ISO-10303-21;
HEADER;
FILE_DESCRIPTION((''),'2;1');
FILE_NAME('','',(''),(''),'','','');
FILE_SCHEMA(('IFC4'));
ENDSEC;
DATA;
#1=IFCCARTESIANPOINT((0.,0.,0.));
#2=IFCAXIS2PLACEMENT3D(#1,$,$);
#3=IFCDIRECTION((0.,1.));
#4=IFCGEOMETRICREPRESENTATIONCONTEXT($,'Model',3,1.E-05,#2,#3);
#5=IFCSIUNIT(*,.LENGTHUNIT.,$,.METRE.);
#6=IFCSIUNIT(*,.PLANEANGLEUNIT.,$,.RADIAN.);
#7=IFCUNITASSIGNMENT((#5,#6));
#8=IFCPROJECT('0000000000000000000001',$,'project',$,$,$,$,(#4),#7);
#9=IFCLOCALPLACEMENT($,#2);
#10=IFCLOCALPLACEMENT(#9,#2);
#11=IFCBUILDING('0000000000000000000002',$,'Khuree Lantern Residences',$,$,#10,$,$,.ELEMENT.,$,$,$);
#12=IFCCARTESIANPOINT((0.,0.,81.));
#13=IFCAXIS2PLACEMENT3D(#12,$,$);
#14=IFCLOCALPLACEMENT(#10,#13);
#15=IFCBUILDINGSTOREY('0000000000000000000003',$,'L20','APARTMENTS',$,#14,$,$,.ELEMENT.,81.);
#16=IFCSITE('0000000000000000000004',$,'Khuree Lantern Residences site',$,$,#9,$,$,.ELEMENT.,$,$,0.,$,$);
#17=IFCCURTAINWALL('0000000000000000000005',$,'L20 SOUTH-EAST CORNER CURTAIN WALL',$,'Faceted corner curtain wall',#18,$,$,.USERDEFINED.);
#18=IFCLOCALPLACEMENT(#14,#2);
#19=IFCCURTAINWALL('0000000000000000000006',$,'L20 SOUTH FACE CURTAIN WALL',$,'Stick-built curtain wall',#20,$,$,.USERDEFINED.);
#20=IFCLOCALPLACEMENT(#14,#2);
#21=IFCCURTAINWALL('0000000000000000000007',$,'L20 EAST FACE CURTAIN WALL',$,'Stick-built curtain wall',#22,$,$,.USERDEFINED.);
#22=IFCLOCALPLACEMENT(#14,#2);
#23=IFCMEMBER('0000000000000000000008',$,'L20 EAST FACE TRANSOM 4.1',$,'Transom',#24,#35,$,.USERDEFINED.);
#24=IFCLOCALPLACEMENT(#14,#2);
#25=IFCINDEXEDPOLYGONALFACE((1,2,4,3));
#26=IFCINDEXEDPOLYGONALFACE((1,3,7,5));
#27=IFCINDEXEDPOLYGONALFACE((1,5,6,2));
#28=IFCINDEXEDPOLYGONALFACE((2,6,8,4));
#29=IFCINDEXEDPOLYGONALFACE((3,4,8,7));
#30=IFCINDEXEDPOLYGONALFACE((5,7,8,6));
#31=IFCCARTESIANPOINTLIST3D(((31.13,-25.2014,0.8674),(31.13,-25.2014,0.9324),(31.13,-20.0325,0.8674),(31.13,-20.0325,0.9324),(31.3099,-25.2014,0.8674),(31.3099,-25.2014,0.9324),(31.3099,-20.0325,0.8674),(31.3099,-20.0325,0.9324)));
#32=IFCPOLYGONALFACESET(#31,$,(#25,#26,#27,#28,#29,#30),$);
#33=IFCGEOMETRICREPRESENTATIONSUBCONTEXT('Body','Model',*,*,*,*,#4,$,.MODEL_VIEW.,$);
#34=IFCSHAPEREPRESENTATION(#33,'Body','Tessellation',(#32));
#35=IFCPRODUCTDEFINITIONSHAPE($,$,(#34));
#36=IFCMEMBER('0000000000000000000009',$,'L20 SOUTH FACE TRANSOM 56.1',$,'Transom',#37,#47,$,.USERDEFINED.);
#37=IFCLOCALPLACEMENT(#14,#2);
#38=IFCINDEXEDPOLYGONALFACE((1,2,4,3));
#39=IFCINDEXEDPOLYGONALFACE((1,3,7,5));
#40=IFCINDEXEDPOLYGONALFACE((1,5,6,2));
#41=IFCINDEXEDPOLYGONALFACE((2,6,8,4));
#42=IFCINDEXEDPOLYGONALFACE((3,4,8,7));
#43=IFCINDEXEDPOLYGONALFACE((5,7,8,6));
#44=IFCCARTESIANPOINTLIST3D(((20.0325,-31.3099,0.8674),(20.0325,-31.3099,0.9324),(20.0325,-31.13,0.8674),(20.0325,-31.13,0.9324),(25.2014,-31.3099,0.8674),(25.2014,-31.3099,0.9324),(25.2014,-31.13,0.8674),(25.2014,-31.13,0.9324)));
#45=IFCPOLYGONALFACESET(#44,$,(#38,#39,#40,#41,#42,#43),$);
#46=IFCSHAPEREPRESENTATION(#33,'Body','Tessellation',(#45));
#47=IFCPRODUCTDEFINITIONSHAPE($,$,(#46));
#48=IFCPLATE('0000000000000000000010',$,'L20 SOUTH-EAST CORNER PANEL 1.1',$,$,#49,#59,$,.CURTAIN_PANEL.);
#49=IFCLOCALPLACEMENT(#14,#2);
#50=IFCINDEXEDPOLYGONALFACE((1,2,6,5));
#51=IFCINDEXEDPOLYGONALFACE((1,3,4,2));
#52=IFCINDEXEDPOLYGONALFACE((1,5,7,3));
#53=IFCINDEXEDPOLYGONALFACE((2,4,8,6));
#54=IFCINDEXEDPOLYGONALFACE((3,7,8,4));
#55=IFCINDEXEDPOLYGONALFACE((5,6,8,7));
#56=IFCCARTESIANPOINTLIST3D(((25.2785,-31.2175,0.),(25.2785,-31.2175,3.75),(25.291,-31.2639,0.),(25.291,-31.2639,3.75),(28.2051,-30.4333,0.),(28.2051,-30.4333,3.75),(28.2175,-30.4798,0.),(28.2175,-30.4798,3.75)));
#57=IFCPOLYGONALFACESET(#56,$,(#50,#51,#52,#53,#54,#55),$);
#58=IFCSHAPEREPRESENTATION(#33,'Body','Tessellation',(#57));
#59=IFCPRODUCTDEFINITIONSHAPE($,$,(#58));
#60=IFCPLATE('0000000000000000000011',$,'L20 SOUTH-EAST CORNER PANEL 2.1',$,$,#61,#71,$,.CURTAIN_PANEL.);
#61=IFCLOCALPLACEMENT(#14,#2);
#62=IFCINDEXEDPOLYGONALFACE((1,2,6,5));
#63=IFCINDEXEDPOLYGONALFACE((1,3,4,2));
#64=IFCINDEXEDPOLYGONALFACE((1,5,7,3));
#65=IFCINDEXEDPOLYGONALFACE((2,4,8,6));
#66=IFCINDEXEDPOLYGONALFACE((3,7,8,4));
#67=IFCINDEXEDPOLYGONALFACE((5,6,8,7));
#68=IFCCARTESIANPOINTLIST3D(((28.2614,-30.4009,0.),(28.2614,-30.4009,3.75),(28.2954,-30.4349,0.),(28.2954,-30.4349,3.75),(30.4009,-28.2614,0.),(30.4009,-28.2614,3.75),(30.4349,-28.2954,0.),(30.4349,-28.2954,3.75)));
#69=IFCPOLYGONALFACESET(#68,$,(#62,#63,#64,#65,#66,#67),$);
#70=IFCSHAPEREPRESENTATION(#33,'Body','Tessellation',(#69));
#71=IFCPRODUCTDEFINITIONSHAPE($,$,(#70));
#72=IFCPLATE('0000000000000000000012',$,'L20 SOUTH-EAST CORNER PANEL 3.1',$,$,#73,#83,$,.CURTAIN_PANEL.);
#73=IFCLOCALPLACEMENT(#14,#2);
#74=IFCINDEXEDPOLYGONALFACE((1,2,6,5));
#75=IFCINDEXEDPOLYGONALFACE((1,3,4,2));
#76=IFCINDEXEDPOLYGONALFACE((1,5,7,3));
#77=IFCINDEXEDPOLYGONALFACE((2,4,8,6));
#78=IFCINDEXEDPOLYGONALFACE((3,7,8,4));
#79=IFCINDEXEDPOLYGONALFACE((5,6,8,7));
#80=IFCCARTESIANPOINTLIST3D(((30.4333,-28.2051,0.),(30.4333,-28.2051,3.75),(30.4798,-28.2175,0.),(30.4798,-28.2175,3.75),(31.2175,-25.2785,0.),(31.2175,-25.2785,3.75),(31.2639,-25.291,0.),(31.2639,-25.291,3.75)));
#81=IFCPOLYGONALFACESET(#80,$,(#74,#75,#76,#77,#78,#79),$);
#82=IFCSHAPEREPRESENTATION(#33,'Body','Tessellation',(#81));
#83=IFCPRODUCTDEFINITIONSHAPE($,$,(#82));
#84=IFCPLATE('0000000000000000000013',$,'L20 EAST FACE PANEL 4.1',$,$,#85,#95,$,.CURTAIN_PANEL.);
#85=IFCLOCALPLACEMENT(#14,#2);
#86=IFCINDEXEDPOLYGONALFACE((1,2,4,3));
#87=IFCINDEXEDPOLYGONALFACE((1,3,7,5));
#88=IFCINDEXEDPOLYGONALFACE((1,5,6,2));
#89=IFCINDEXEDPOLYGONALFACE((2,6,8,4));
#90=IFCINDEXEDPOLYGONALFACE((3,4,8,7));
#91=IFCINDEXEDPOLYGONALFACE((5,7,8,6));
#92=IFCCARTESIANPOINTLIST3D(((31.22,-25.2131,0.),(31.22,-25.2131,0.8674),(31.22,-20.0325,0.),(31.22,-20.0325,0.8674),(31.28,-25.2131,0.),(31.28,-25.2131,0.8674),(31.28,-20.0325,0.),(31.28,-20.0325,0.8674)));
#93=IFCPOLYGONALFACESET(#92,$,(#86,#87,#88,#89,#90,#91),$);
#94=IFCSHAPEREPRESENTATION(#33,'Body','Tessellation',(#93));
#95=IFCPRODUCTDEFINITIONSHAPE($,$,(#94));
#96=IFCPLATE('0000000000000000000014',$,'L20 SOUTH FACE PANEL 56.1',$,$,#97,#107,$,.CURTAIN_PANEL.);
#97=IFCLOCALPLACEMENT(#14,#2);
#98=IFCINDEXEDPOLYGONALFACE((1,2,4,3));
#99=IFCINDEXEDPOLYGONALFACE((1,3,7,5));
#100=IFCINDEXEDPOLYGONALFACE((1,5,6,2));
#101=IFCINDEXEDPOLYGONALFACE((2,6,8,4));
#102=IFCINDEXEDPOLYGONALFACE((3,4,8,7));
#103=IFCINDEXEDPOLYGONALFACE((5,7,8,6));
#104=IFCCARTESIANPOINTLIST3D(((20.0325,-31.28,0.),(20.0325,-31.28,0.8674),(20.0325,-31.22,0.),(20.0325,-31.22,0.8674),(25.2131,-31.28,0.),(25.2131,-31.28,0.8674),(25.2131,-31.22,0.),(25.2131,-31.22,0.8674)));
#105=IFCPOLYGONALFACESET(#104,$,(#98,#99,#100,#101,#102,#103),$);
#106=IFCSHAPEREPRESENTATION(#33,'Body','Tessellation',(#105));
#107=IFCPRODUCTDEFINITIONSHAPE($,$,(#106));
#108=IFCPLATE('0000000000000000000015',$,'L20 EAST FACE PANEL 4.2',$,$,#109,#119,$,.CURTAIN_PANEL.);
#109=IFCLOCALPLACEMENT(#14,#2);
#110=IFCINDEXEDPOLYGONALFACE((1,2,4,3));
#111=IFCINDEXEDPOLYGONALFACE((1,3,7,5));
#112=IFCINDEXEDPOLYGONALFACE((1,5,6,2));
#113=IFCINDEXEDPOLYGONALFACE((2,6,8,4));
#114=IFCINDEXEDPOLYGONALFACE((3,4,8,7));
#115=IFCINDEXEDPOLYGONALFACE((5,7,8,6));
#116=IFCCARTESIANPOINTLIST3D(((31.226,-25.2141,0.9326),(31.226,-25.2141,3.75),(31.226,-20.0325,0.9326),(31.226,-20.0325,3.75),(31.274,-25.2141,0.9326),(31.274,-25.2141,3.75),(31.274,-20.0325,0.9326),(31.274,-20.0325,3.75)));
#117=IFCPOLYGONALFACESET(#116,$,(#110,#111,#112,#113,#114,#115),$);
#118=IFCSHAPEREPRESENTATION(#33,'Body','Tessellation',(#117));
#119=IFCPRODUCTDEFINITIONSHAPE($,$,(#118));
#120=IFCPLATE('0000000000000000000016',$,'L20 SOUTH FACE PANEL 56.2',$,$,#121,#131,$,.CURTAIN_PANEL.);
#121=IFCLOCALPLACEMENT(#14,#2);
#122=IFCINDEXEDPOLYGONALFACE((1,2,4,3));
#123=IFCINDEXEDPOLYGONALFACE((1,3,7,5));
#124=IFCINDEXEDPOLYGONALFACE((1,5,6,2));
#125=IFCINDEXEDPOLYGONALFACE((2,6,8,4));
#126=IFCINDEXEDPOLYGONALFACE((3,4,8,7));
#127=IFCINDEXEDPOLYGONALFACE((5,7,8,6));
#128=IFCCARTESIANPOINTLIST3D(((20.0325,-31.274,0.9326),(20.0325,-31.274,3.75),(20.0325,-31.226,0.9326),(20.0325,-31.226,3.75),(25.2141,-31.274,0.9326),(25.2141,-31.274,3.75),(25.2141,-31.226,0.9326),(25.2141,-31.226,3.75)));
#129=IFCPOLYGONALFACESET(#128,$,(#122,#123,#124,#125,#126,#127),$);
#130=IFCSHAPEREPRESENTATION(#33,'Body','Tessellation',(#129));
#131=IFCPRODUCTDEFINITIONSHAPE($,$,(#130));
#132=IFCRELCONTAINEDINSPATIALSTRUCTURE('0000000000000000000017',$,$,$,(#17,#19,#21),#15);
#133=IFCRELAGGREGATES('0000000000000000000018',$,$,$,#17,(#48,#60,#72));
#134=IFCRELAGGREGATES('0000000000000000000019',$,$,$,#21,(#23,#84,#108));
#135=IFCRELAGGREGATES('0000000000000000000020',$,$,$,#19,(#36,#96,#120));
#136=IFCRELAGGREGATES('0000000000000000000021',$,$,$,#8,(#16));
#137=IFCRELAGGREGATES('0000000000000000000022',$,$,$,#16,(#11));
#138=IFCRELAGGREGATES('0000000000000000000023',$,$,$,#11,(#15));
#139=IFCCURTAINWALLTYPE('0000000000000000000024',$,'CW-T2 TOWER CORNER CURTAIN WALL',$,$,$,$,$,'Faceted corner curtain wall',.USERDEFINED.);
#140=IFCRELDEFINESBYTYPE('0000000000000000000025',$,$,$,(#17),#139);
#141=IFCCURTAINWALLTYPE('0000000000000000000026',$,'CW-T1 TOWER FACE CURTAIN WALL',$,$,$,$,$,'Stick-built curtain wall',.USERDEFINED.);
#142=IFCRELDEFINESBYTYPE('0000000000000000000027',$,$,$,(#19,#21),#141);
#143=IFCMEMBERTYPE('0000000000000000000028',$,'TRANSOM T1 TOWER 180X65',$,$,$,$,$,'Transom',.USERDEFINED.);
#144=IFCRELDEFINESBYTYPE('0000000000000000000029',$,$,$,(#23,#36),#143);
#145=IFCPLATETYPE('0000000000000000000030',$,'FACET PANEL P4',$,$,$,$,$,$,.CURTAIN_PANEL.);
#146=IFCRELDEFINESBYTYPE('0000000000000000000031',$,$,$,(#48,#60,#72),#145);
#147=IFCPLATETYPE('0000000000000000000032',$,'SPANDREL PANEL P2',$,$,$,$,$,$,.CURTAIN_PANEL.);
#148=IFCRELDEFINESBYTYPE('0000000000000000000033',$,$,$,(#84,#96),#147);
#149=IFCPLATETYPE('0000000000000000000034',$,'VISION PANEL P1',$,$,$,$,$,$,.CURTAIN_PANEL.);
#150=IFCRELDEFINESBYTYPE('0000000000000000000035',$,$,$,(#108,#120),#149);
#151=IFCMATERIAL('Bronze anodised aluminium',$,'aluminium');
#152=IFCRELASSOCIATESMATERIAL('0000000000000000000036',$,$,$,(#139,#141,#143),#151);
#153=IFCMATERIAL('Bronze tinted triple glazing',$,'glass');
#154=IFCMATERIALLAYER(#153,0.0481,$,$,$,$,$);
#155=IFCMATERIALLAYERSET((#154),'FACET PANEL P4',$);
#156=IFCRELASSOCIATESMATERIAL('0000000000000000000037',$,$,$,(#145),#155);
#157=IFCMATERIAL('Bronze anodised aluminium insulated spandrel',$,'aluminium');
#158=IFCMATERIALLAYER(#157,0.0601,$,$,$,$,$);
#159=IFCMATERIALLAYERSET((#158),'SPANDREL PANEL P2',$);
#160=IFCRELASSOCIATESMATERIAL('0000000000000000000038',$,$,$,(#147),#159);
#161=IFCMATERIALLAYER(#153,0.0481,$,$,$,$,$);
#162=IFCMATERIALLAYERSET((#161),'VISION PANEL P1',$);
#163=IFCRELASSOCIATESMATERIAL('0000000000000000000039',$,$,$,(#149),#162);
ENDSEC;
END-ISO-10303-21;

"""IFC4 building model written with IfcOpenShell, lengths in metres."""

from ifc_helpers import new_model, si_unit, direction, frame, origin, origin_2d, place, context, subcontext, project, spatial, rectangle, extrude, material, layer, layer_set, material_profile, profile_set, type_object, element, aggregate, save


model = new_model("IFC4")

# Units and contexts
model_context = context("Model", 3, precision=1e-05, world=origin(), true_north=direction((0.0, 1.0)))
body_context = subcontext(model_context, "Body", "Model", "MODEL_VIEW")
ifc_project = project(units=[si_unit("LENGTHUNIT", "METRE"), si_unit("PLANEANGLEUNIT", "RADIAN")], contexts=[model_context])

# Site, building, storey
site_placement = place(None, origin())
site = spatial("IfcSite", under=ifc_project, at=site_placement, Name="Khuree Lantern Residences site", CompositionType="ELEMENT", RefElevation=0.0)
building_placement = place(site_placement, origin())
building = spatial("IfcBuilding", under=site, at=building_placement, Name="Khuree Lantern Residences", CompositionType="ELEMENT")
storey_placement = place(building_placement, frame((0.0, 0.0, 81.0)))
storey = spatial("IfcBuildingStorey", under=building, at=storey_placement, Name="L20", Description="APARTMENTS", CompositionType="ELEMENT", Elevation=81.0)

# Curtain walls
ifc_material_1 = material(Name="Bronze anodised aluminium", Category="aluminium")
curtain_wall_type_1 = type_object("IfcCurtainWallType", Name="CW-T2 TOWER CORNER CURTAIN WALL", ElementType="Faceted corner curtain wall", PredefinedType="USERDEFINED", material=ifc_material_1)
curtain_wall_1_placement = place(storey_placement, origin())
curtain_wall_1 = element("IfcCurtainWall", 1, at=curtain_wall_1_placement, inside=storey, type_object=curtain_wall_type_1, Name="L20 SOUTH-EAST CORNER CURTAIN WALL", ObjectType="Faceted corner curtain wall", PredefinedType="USERDEFINED")
curtain_wall_type_2 = type_object("IfcCurtainWallType", Name="CW-T1 TOWER FACE CURTAIN WALL", ElementType="Stick-built curtain wall", PredefinedType="USERDEFINED", material=ifc_material_1)
curtain_wall_2_placement = place(storey_placement, origin())
curtain_wall_2 = element("IfcCurtainWall", 2, at=curtain_wall_2_placement, inside=storey, type_object=curtain_wall_type_2, Name="L20 SOUTH FACE CURTAIN WALL", ObjectType="Stick-built curtain wall", PredefinedType="USERDEFINED")

# Curtain wall, member
curtain_wall_3_placement = place(storey_placement, origin())
curtain_wall_3 = element("IfcCurtainWall", 3, at=curtain_wall_3_placement, inside=storey, type_object=curtain_wall_type_2, Name="L20 EAST FACE CURTAIN WALL", ObjectType="Stick-built curtain wall", PredefinedType="USERDEFINED")
ifc_material_profile_1 = material_profile(ifc_material_1, rectangle(XDim=0.1799, YDim=0.0649, at=origin_2d()), Name="T1 180X65")
ifc_profile_set_1 = profile_set([ifc_material_profile_1], Name="Bronze anodised aluminium")
member_type_1 = type_object("IfcMemberType", Name="TRANSOM T1 TOWER 180X65", ElementType="Transom", PredefinedType="USERDEFINED", material=ifc_profile_set_1)
member_1_placement = place(storey_placement, frame((31.22, -25.2014, 0.8999), z_axis=(0.0, 1.0, 0.0), x_axis=(-1.0, 0.0, 0.0)))
member_1 = element("IfcMember", 4, at=member_1_placement, type_object=member_type_1, Name="L20 EAST FACE TRANSOM 4.1", ObjectType="Transom", PredefinedType="USERDEFINED", context=body_context, shape_type="SweptSolid", body=[
    extrude(rectangle(XDim=0.1799, YDim=0.0649, at=origin_2d()), origin(), (0.0, 0.0, 1.0), 5.1689),
])

# Member
member_2_placement = place(storey_placement, frame((20.0325, -31.22, 0.8999), z_axis=(1.0, 0.0, 0.0), x_axis=(0.0, 1.0, 0.0)))
member_2 = element("IfcMember", 5, at=member_2_placement, type_object=member_type_1, Name="L20 SOUTH FACE TRANSOM 56.1", ObjectType="Transom", PredefinedType="USERDEFINED", context=body_context, shape_type="SweptSolid", body=[
    extrude(rectangle(XDim=0.1799, YDim=0.0649, at=origin_2d()), origin(), (0.0, 0.0, 1.0), 5.1689),
])

# Plates
ifc_material_2 = material(Name="Bronze tinted triple glazing", Category="glass")
ifc_layer_1 = layer(ifc_material_2, 0.0481)
ifc_layer_set_1 = layer_set([ifc_layer_1], Name="FACET PANEL P4")
plate_type_1 = type_object("IfcPlateType", Name="FACET PANEL P4", PredefinedType="CURTAIN_PANEL", material=ifc_layer_set_1)
plate_1_placement = place(storey_placement, frame((26.748, -30.8486, 0.0), z_axis=(0.0, 0.0, 1.0), x_axis=(0.965926, 0.258819, 0.0)))
plate_1 = element("IfcPlate", 6, at=plate_1_placement, type_object=plate_type_1, Name="L20 SOUTH-EAST CORNER PANEL 1.1", PredefinedType="CURTAIN_PANEL", context=body_context, shape_type="SweptSolid", body=[
    extrude(rectangle(XDim=3.0298, YDim=0.0481, at=origin_2d()), origin(), (0.0, 0.0, 1.0), 3.75),
])
plate_2_placement = place(storey_placement, frame((29.3481, -29.3481, 0.0), z_axis=(0.0, 0.0, 1.0), x_axis=(0.707107, 0.707107, 0.0)))
plate_2 = element("IfcPlate", 7, at=plate_2_placement, type_object=plate_type_1, Name="L20 SOUTH-EAST CORNER PANEL 2.1", PredefinedType="CURTAIN_PANEL", context=body_context, shape_type="SweptSolid", body=[
    extrude(rectangle(XDim=3.0256, YDim=0.0481, at=origin_2d()), origin(), (0.0, 0.0, 1.0), 3.75),
])
plate_3_placement = place(storey_placement, frame((30.8486, -26.748, 0.0), z_axis=(0.0, 0.0, 1.0), x_axis=(0.258819, 0.965926, 0.0)))
plate_3 = element("IfcPlate", 8, at=plate_3_placement, type_object=plate_type_1, Name="L20 SOUTH-EAST CORNER PANEL 3.1", PredefinedType="CURTAIN_PANEL", context=body_context, shape_type="SweptSolid", body=[
    extrude(rectangle(XDim=3.0298, YDim=0.0481, at=origin_2d()), origin(), (0.0, 0.0, 1.0), 3.75),
])
aggregate(curtain_wall_1, [plate_1, plate_2, plate_3])
ifc_material_3 = material(Name="Bronze anodised aluminium insulated spandrel", Category="aluminium")
ifc_layer_2 = layer(ifc_material_3, 0.0601)
ifc_layer_set_2 = layer_set([ifc_layer_2], Name="SPANDREL PANEL P2")
plate_type_2 = type_object("IfcPlateType", Name="SPANDREL PANEL P2", PredefinedType="CURTAIN_PANEL", material=ifc_layer_set_2)
plate_4_placement = place(storey_placement, frame((31.25, -22.6228, 0.0), z_axis=(0.0, 0.0, 1.0), x_axis=(0.0, 1.0, 0.0)))
plate_4 = element("IfcPlate", 9, at=plate_4_placement, type_object=plate_type_2, Name="L20 EAST FACE PANEL 4.1", PredefinedType="CURTAIN_PANEL", context=body_context, shape_type="SweptSolid", body=[
    extrude(rectangle(XDim=5.1807, YDim=0.0601, at=origin_2d()), origin(), (0.0, 0.0, 1.0), 0.8674),
])
plate_5_placement = place(storey_placement, frame((22.6228, -31.25, 0.0), z_axis=(0.0, 0.0, 1.0), x_axis=(1.0, 0.0, 0.0)))
plate_5 = element("IfcPlate", 10, at=plate_5_placement, type_object=plate_type_2, Name="L20 SOUTH FACE PANEL 56.1", PredefinedType="CURTAIN_PANEL", context=body_context, shape_type="SweptSolid", body=[
    extrude(rectangle(XDim=5.1807, YDim=0.0601, at=origin_2d()), origin(), (0.0, 0.0, 1.0), 0.8674),
])
ifc_layer_3 = layer(ifc_material_2, 0.0481)
ifc_layer_set_3 = layer_set([ifc_layer_3], Name="VISION PANEL P1")
plate_type_3 = type_object("IfcPlateType", Name="VISION PANEL P1", PredefinedType="CURTAIN_PANEL", material=ifc_layer_set_3)
plate_6_placement = place(storey_placement, frame((31.25, -22.6233, 0.9326), z_axis=(0.0, 0.0, 1.0), x_axis=(0.0, 1.0, 0.0)))
plate_6 = element("IfcPlate", 11, at=plate_6_placement, type_object=plate_type_3, Name="L20 EAST FACE PANEL 4.2", PredefinedType="CURTAIN_PANEL", context=body_context, shape_type="SweptSolid", body=[
    extrude(rectangle(XDim=5.1816, YDim=0.0481, at=origin_2d()), origin(), (0.0, 0.0, 1.0), 2.8174),
])
aggregate(curtain_wall_3, [member_1, plate_4, plate_6])
plate_7_placement = place(storey_placement, frame((22.6233, -31.25, 0.9326), z_axis=(0.0, 0.0, 1.0), x_axis=(1.0, 0.0, 0.0)))
plate_7 = element("IfcPlate", 12, at=plate_7_placement, type_object=plate_type_3, Name="L20 SOUTH FACE PANEL 56.2", PredefinedType="CURTAIN_PANEL", context=body_context, shape_type="SweptSolid", body=[
    extrude(rectangle(XDim=5.1816, YDim=0.0481, at=origin_2d()), origin(), (0.0, 0.0, 1.0), 2.8174),
])
aggregate(curtain_wall_2, [member_2, plate_5, plate_7])

save(model, "model.ifc")
